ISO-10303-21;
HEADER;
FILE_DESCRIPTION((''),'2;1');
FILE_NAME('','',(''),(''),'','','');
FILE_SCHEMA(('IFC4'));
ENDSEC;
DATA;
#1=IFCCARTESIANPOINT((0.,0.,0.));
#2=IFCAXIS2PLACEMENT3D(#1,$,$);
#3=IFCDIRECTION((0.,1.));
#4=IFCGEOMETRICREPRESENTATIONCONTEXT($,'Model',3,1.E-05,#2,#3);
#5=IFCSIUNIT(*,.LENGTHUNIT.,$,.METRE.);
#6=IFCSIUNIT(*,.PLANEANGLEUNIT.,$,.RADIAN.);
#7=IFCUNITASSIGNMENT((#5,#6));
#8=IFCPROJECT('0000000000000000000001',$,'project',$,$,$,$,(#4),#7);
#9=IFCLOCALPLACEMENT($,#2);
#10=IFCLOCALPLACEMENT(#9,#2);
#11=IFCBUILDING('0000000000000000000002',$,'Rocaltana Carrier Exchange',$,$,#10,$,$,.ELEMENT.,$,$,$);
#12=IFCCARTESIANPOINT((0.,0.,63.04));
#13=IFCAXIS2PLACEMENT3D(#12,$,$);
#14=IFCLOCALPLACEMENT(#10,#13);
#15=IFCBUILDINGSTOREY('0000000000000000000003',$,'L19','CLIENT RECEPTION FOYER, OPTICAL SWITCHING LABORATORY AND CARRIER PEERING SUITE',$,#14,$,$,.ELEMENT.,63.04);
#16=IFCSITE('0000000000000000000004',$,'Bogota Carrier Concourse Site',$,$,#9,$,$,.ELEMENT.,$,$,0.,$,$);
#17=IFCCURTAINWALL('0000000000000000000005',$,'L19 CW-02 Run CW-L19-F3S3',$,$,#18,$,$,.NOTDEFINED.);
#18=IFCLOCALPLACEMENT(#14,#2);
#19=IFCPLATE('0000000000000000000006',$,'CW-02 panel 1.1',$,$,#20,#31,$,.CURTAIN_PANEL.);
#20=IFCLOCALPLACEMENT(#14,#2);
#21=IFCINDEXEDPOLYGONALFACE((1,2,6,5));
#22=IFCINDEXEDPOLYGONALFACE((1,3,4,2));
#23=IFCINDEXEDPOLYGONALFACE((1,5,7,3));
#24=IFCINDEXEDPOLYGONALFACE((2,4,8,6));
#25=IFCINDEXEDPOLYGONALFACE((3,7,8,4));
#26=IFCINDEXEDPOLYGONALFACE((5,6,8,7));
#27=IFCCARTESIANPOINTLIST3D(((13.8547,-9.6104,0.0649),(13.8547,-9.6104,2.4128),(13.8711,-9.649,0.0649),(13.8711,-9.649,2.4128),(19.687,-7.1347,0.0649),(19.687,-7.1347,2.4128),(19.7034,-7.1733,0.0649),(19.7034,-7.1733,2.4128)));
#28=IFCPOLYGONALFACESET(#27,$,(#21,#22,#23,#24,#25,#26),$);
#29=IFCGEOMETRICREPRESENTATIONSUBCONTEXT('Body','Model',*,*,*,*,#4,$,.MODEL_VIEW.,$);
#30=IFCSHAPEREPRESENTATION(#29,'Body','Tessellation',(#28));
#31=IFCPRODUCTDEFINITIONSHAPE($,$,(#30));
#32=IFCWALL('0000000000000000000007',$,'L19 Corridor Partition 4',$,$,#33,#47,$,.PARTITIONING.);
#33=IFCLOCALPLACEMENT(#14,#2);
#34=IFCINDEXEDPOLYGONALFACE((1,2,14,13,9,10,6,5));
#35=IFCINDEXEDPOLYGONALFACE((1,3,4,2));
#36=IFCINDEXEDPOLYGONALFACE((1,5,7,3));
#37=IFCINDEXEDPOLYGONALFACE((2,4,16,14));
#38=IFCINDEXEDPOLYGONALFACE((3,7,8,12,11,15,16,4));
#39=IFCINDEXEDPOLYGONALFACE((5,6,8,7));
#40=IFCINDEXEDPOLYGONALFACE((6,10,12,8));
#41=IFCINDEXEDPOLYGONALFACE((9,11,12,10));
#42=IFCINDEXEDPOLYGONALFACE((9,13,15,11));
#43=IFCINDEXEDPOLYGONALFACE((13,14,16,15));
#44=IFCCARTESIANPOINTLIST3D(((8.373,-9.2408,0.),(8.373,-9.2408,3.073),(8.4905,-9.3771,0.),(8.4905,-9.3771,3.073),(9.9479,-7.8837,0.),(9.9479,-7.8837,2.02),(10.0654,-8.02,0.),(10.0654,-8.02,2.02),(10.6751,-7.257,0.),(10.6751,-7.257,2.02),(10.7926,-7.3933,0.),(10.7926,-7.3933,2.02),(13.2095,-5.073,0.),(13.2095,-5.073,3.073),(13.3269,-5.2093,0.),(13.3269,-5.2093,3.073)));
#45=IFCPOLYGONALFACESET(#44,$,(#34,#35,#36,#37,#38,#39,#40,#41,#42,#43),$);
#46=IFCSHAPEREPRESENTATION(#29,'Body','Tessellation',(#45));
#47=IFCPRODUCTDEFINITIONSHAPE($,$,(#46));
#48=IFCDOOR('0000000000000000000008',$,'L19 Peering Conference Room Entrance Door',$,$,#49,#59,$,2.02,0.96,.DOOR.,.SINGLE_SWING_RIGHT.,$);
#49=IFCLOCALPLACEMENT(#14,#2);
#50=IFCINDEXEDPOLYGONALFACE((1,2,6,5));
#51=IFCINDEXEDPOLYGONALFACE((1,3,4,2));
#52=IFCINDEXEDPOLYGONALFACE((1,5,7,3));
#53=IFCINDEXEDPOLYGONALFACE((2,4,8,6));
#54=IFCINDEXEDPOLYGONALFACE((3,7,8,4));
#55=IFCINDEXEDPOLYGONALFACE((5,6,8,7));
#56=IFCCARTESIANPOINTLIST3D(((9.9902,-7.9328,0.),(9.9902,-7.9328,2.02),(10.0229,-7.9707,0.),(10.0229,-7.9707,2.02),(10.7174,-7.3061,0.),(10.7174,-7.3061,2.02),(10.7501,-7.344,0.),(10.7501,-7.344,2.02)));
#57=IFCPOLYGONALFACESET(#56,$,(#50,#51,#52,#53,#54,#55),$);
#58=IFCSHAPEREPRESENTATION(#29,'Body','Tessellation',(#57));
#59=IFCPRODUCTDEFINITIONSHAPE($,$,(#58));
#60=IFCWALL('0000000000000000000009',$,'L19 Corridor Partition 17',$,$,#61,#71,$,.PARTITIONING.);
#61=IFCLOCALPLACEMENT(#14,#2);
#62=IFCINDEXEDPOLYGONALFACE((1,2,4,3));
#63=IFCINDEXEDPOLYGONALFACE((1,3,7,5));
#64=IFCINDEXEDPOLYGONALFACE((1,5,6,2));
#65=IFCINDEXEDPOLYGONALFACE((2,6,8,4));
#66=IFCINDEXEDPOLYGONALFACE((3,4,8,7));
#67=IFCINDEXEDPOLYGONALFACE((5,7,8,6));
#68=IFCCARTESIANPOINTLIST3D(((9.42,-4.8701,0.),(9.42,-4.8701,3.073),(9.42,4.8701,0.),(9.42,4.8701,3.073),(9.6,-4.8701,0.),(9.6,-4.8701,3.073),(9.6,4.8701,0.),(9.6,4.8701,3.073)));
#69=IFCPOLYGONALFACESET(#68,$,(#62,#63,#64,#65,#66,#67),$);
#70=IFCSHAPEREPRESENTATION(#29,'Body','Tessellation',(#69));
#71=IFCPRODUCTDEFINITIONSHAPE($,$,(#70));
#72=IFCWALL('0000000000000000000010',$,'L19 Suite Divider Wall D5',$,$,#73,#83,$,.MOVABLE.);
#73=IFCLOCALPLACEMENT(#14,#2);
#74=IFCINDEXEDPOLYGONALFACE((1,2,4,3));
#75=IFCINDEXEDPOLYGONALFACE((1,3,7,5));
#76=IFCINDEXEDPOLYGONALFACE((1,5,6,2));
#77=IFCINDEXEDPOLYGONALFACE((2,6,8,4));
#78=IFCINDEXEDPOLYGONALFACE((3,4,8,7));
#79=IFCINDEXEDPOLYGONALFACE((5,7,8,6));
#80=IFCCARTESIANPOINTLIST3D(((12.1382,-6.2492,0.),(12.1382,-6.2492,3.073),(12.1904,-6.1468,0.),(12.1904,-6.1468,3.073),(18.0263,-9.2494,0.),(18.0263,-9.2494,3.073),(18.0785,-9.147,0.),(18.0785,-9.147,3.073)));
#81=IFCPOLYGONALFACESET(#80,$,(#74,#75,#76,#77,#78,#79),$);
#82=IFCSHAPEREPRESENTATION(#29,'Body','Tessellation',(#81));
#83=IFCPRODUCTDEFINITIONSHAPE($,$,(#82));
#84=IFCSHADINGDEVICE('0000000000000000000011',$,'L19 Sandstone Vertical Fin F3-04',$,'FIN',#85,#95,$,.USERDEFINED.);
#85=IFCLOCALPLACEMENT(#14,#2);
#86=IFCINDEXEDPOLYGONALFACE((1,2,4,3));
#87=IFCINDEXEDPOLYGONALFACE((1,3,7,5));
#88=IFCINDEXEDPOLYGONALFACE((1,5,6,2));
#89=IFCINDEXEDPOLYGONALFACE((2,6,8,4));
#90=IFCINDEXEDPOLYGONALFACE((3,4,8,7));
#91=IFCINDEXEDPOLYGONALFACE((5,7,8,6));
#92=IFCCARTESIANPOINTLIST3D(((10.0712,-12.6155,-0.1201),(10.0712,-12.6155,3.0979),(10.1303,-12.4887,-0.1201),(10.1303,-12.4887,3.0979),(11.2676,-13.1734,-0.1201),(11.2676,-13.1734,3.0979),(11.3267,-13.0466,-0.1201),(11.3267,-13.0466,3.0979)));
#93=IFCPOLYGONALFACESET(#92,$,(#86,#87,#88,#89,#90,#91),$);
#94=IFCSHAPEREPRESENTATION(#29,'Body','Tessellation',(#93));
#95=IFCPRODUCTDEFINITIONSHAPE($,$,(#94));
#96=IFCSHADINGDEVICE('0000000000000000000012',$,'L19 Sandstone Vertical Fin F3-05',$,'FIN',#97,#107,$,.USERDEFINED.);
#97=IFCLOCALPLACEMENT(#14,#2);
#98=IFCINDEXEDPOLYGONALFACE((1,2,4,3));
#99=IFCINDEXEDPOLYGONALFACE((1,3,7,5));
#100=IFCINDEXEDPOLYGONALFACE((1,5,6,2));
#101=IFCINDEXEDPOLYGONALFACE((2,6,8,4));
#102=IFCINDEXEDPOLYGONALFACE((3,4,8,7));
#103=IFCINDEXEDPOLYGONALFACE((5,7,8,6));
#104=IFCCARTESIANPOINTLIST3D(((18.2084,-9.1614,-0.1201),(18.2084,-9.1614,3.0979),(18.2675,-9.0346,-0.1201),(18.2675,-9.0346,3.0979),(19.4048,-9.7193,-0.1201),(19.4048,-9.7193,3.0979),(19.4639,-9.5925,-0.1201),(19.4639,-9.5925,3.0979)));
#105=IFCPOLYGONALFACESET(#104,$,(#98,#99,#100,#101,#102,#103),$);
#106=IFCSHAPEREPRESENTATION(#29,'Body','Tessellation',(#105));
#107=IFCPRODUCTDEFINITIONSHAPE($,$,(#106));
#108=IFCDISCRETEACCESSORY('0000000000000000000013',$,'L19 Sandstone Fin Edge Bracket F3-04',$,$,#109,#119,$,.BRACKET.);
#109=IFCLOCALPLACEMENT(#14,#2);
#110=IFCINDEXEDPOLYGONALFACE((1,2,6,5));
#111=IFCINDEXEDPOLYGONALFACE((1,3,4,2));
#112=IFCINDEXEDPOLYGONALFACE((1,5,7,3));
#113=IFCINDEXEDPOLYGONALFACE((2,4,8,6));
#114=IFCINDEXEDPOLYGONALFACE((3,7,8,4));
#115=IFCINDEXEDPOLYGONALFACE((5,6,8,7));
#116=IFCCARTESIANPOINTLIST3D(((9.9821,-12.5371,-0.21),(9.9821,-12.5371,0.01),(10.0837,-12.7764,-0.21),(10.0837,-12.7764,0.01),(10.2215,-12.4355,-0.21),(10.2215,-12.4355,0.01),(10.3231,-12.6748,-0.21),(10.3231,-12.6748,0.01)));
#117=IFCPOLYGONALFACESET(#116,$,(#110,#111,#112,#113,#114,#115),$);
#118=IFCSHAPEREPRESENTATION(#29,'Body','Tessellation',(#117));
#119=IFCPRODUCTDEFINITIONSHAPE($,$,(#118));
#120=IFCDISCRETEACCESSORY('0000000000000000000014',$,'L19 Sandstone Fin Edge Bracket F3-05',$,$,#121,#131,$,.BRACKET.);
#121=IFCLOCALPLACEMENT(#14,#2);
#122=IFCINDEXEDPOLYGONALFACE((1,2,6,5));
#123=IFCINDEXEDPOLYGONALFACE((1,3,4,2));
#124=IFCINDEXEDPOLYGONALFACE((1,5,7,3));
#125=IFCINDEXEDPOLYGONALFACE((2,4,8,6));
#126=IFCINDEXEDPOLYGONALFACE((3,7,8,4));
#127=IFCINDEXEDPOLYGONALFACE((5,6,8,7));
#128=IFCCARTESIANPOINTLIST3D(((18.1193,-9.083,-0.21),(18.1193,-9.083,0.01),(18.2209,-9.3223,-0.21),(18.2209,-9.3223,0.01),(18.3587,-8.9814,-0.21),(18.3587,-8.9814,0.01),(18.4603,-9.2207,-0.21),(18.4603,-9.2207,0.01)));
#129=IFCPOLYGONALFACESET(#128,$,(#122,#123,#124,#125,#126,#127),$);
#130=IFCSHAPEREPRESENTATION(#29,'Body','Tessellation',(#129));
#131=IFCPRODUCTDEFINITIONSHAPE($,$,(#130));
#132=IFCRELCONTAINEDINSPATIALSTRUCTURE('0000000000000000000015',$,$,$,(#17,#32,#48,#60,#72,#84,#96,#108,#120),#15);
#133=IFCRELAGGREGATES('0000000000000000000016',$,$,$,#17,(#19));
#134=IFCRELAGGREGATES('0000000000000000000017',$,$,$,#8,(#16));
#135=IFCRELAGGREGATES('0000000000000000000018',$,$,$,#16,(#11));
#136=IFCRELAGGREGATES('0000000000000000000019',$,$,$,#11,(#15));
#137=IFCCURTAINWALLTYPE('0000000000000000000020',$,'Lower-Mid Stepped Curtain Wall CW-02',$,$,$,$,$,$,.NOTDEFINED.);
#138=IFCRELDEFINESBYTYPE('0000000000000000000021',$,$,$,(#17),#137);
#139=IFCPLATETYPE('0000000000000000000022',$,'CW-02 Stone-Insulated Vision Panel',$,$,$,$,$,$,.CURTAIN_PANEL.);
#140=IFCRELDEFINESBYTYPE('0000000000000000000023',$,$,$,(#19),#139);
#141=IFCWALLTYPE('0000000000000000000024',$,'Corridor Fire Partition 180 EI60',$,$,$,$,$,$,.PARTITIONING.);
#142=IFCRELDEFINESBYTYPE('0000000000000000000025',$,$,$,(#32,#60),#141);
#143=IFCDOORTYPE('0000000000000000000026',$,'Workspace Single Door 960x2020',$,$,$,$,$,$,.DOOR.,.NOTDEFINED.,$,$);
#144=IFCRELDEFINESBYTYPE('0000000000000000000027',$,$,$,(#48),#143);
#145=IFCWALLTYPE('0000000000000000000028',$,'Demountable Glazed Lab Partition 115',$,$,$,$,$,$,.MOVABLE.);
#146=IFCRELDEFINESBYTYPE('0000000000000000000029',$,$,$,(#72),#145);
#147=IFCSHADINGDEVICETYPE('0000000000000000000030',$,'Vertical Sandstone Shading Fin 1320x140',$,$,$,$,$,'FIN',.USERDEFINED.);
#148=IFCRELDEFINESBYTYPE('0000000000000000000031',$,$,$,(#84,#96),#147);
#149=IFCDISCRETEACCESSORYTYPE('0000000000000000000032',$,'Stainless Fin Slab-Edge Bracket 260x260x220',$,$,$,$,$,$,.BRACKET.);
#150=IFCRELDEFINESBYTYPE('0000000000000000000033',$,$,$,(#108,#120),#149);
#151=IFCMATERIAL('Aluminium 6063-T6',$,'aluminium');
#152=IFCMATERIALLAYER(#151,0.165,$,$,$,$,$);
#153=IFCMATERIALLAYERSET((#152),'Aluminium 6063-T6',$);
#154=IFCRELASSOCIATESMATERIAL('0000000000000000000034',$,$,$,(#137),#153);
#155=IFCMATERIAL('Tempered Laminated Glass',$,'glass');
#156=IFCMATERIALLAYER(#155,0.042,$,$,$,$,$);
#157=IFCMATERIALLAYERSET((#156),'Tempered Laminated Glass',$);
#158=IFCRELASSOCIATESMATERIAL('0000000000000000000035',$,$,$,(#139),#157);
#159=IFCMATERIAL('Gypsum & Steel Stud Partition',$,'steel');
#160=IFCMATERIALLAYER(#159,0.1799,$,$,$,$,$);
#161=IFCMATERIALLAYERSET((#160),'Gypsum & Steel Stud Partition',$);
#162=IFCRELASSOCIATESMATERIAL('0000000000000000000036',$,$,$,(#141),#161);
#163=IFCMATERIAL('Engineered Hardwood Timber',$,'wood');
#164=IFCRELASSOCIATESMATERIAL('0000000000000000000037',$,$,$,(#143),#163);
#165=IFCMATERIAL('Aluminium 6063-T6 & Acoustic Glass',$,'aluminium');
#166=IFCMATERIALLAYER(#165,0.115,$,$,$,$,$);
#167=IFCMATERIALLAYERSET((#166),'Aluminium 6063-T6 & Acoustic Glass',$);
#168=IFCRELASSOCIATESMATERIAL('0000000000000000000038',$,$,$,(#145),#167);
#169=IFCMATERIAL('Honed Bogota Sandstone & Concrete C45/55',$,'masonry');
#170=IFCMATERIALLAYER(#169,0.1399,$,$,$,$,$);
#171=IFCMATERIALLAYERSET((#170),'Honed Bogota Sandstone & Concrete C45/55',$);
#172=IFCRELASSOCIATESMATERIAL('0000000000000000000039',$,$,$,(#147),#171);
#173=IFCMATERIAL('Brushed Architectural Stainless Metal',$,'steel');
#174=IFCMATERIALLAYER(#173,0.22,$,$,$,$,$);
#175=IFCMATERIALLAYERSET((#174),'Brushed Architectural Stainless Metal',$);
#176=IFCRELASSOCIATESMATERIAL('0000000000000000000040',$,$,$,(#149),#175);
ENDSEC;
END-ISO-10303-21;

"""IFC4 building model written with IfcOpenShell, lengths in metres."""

from ifc_helpers import new_model, si_unit, direction, frame, frame_2d, origin, origin_2d, place, context, subcontext, project, spatial, rectangle, extrude, material, layer, layer_set, type_object, element, fill, aggregate, save


model = new_model("IFC4")

# Units and contexts
model_context = context("Model", 3, precision=1e-05, world=origin(), true_north=direction((0.0, 1.0)))
body_context = subcontext(model_context, "Body", "Model", "MODEL_VIEW")
ifc_project = project(units=[si_unit("LENGTHUNIT", "METRE"), si_unit("PLANEANGLEUNIT", "RADIAN")], contexts=[model_context])

# Site, building, storey
site_placement = place(None, origin())
site = spatial("IfcSite", under=ifc_project, at=site_placement, Name="Bogota Carrier Concourse Site", CompositionType="ELEMENT", RefElevation=0.0)
building_placement = place(site_placement, origin())
building = spatial("IfcBuilding", under=site, at=building_placement, Name="Rocaltana Carrier Exchange", CompositionType="ELEMENT")
storey_placement = place(building_placement, frame((0.0, 0.0, 63.04)))
storey = spatial("IfcBuildingStorey", under=building, at=storey_placement, Name="L19", Description="CLIENT RECEPTION FOYER, OPTICAL SWITCHING LABORATORY AND CARRIER PEERING SUITE", CompositionType="ELEMENT", Elevation=63.04)

# Shared definitions
ifc_material_1 = material(Name="Aluminium 6063-T6", Category="aluminium")
ifc_layer_1 = layer(ifc_material_1, 0.165)
ifc_layer_set_1 = layer_set([ifc_layer_1], Name="Aluminium 6063-T6")
curtain_wall_type = type_object("IfcCurtainWallType", Name="Lower-Mid Stepped Curtain Wall CW-02", PredefinedType="NOTDEFINED", material=ifc_layer_set_1)

# Curtain wall
curtain_wall_1_placement = place(storey_placement, origin())
curtain_wall_1 = element("IfcCurtainWall", 1, at=curtain_wall_1_placement, inside=storey, type_object=curtain_wall_type, Name="L19 CW-02 Run CW-L19-F3S3", PredefinedType="NOTDEFINED")

# Plate
ifc_material_2 = material(Name="Tempered Laminated Glass", Category="glass")
ifc_layer_2 = layer(ifc_material_2, 0.042)
ifc_layer_set_2 = layer_set([ifc_layer_2], Name="Tempered Laminated Glass")
plate_type = type_object("IfcPlateType", Name="CW-02 Stone-Insulated Vision Panel", PredefinedType="CURTAIN_PANEL", material=ifc_layer_set_2)
plate_placement = place(storey_placement, frame((16.7791, -8.3918, 0.0649), z_axis=(0.0, 0.0, 1.0), x_axis=(0.920503, 0.390735, 0.0)))
plate = element("IfcPlate", 2, at=plate_placement, type_object=plate_type, Name="CW-02 panel 1.1", PredefinedType="CURTAIN_PANEL", context=body_context, shape_type="SweptSolid", body=[
    extrude(rectangle(XDim=6.3359, YDim=0.042, at=origin_2d()), origin(), (0.0, 0.0, 1.0), 2.3479),
])
aggregate(curtain_wall_1, [plate])

# Wall, opening, door
ifc_material_3 = material(Name="Gypsum & Steel Stud Partition", Category="steel")
ifc_layer_3 = layer(ifc_material_3, 0.1799)
ifc_layer_set_3 = layer_set([ifc_layer_3], Name="Gypsum & Steel Stud Partition")
wall_type_1 = type_object("IfcWallType", Name="Corridor Fire Partition 180 EI60", PredefinedType="PARTITIONING", material=ifc_layer_set_3)
wall_1_placement = place(storey_placement, frame((13.2683, -5.1411, 0.0), z_axis=(0.0, 0.0, 1.0), x_axis=(-0.757535, -0.652795, 0.0)))
wall_1 = element("IfcWall", 3, at=wall_1_placement, inside=storey, type_object=wall_type_1, Name="L19 Corridor Partition 4", PredefinedType="PARTITIONING", context=body_context, shape_type="SweptSolid", body=[
    extrude(rectangle(XDim=6.3845, YDim=0.1799, at=frame_2d((3.1924, 0.0))), origin(), (0.0, 0.0, 1.0), 3.073),
])
opening_placement = place(wall_1_placement, frame((3.3457, 0.0, 0.0)))
opening = element("IfcOpeningElement", 4, at=opening_placement, cuts=wall_1, PredefinedType="OPENING", context=body_context, shape_type="SweptSolid", body=[
    extrude(rectangle(XDim=0.96, YDim=2.02, at=frame_2d((0.48, 1.01))), frame((0.0, 0.0999, 0.0), z_axis=(0.0, -1.0, 0.0), x_axis=(1.0, 0.0, 0.0)), (0.0, 0.0, 1.0), 0.2),
])
ifc_material_4 = material(Name="Engineered Hardwood Timber", Category="wood")
door_type = type_object("IfcDoorType", Name="Workspace Single Door 960x2020", OperationType="NOTDEFINED", PredefinedType="DOOR", material=ifc_material_4)
door_placement = place(opening_placement, origin())
door = element("IfcDoor", 5, at=door_placement, inside=storey, type_object=door_type, Name="L19 Peering Conference Room Entrance Door", OperationType="SINGLE_SWING_RIGHT", OverallHeight=2.02, OverallWidth=0.96, PredefinedType="DOOR", context=body_context, shape_type="SweptSolid", body=[
    extrude(rectangle(XDim=0.96, YDim=2.02, at=frame_2d((0.48, 1.01))), frame((0.0, 0.0249, 0.0), z_axis=(0.0, -1.0, 0.0), x_axis=(1.0, 0.0, 0.0)), (0.0, 0.0, 1.0), 0.05),
])
fill(opening, door)

# Walls
wall_2_placement = place(storey_placement, frame((9.51, -4.8701, 0.0), z_axis=(0.0, 0.0, 1.0), x_axis=(0.0, 1.0, 0.0)))
element("IfcWall", 6, at=wall_2_placement, inside=storey, type_object=wall_type_1, Name="L19 Corridor Partition 17", PredefinedType="PARTITIONING", context=body_context, shape_type="SweptSolid", body=[
    extrude(rectangle(XDim=9.7402, YDim=0.1799, at=frame_2d((4.8701, 0.0))), origin(), (0.0, 0.0, 1.0), 3.073),
])
ifc_material_5 = material(Name="Aluminium 6063-T6 & Acoustic Glass", Category="aluminium")
ifc_layer_4 = layer(ifc_material_5, 0.115)
ifc_layer_set_4 = layer_set([ifc_layer_4], Name="Aluminium 6063-T6 & Acoustic Glass")
wall_type_2 = type_object("IfcWallType", Name="Demountable Glazed Lab Partition 115", PredefinedType="MOVABLE", material=ifc_layer_set_4)
wall_3_placement = place(storey_placement, frame((12.1643, -6.198, 0.0), z_axis=(0.0, 0.0, 1.0), x_axis=(0.891003, -0.453998, 0.0)))
element("IfcWall", 7, at=wall_3_placement, inside=storey, type_object=wall_type_2, Name="L19 Suite Divider Wall D5", PredefinedType="MOVABLE", context=body_context, shape_type="SweptSolid", body=[
    extrude(rectangle(XDim=6.6084, YDim=0.115, at=frame_2d((3.3042, 0.0))), origin(), (0.0, 0.0, 1.0), 3.073),
])

# Shading devices
ifc_material_6 = material(Name="Honed Bogota Sandstone & Concrete C45/55", Category="masonry")
ifc_layer_5 = layer(ifc_material_6, 0.1399)
ifc_layer_set_5 = layer_set([ifc_layer_5], Name="Honed Bogota Sandstone & Concrete C45/55")
shading_device_type = type_object("IfcShadingDeviceType", Name="Vertical Sandstone Shading Fin 1320x140", ElementType="FIN", PredefinedType="USERDEFINED", material=ifc_layer_set_5)
for number, where, z_axis, x_axis, name in (
    (8, (10.699, -12.8311, -0.1201), (0.0, 0.0, 1.0), (0.906308, -0.422618, 0.0), "L19 Sandstone Vertical Fin F3-04"),
    (9, (18.8362, -9.377, -0.1201), (0.0, 0.0, 1.0), (0.906308, -0.422618, 0.0), "L19 Sandstone Vertical Fin F3-05"),
):
    element("IfcShadingDevice", number, at=place(storey_placement, frame(where, z_axis=z_axis, x_axis=x_axis)), inside=storey, type_object=shading_device_type, Name=name, ObjectType="FIN", PredefinedType="USERDEFINED", context=body_context, shape_type="SweptSolid", body=[
        extrude(rectangle(XDim=1.3201, YDim=0.1399, at=origin_2d()), origin(), (0.0, 0.0, 1.0), 3.218),
    ])

# Discrete accessories
ifc_material_7 = material(Name="Brushed Architectural Stainless Metal", Category="steel")
ifc_layer_6 = layer(ifc_material_7, 0.22)
ifc_layer_set_6 = layer_set([ifc_layer_6], Name="Brushed Architectural Stainless Metal")
discrete_accessory_type = type_object("IfcDiscreteAccessoryType", Name="Stainless Fin Slab-Edge Bracket 260x260x220", PredefinedType="BRACKET", material=ifc_layer_set_6)
for number, where, z_axis, x_axis, name in (
    (10, (10.1526, -12.606, -0.21), (0.0, 0.0, 1.0), (0.920505, 0.390731, 0.0), "L19 Sandstone Fin Edge Bracket F3-04"),
    (11, (18.2898, -9.1519, -0.21), (0.0, 0.0, 1.0), (0.920505, 0.390731, 0.0), "L19 Sandstone Fin Edge Bracket F3-05"),
):
    element("IfcDiscreteAccessory", number, at=place(storey_placement, frame(where, z_axis=z_axis, x_axis=x_axis)), inside=storey, type_object=discrete_accessory_type, Name=name, PredefinedType="BRACKET", context=body_context, shape_type="SweptSolid", body=[
        extrude(rectangle(XDim=0.26, YDim=0.26, at=origin_2d()), origin(), (0.0, 0.0, 1.0), 0.22),
    ])

save(model, "model.ifc")
